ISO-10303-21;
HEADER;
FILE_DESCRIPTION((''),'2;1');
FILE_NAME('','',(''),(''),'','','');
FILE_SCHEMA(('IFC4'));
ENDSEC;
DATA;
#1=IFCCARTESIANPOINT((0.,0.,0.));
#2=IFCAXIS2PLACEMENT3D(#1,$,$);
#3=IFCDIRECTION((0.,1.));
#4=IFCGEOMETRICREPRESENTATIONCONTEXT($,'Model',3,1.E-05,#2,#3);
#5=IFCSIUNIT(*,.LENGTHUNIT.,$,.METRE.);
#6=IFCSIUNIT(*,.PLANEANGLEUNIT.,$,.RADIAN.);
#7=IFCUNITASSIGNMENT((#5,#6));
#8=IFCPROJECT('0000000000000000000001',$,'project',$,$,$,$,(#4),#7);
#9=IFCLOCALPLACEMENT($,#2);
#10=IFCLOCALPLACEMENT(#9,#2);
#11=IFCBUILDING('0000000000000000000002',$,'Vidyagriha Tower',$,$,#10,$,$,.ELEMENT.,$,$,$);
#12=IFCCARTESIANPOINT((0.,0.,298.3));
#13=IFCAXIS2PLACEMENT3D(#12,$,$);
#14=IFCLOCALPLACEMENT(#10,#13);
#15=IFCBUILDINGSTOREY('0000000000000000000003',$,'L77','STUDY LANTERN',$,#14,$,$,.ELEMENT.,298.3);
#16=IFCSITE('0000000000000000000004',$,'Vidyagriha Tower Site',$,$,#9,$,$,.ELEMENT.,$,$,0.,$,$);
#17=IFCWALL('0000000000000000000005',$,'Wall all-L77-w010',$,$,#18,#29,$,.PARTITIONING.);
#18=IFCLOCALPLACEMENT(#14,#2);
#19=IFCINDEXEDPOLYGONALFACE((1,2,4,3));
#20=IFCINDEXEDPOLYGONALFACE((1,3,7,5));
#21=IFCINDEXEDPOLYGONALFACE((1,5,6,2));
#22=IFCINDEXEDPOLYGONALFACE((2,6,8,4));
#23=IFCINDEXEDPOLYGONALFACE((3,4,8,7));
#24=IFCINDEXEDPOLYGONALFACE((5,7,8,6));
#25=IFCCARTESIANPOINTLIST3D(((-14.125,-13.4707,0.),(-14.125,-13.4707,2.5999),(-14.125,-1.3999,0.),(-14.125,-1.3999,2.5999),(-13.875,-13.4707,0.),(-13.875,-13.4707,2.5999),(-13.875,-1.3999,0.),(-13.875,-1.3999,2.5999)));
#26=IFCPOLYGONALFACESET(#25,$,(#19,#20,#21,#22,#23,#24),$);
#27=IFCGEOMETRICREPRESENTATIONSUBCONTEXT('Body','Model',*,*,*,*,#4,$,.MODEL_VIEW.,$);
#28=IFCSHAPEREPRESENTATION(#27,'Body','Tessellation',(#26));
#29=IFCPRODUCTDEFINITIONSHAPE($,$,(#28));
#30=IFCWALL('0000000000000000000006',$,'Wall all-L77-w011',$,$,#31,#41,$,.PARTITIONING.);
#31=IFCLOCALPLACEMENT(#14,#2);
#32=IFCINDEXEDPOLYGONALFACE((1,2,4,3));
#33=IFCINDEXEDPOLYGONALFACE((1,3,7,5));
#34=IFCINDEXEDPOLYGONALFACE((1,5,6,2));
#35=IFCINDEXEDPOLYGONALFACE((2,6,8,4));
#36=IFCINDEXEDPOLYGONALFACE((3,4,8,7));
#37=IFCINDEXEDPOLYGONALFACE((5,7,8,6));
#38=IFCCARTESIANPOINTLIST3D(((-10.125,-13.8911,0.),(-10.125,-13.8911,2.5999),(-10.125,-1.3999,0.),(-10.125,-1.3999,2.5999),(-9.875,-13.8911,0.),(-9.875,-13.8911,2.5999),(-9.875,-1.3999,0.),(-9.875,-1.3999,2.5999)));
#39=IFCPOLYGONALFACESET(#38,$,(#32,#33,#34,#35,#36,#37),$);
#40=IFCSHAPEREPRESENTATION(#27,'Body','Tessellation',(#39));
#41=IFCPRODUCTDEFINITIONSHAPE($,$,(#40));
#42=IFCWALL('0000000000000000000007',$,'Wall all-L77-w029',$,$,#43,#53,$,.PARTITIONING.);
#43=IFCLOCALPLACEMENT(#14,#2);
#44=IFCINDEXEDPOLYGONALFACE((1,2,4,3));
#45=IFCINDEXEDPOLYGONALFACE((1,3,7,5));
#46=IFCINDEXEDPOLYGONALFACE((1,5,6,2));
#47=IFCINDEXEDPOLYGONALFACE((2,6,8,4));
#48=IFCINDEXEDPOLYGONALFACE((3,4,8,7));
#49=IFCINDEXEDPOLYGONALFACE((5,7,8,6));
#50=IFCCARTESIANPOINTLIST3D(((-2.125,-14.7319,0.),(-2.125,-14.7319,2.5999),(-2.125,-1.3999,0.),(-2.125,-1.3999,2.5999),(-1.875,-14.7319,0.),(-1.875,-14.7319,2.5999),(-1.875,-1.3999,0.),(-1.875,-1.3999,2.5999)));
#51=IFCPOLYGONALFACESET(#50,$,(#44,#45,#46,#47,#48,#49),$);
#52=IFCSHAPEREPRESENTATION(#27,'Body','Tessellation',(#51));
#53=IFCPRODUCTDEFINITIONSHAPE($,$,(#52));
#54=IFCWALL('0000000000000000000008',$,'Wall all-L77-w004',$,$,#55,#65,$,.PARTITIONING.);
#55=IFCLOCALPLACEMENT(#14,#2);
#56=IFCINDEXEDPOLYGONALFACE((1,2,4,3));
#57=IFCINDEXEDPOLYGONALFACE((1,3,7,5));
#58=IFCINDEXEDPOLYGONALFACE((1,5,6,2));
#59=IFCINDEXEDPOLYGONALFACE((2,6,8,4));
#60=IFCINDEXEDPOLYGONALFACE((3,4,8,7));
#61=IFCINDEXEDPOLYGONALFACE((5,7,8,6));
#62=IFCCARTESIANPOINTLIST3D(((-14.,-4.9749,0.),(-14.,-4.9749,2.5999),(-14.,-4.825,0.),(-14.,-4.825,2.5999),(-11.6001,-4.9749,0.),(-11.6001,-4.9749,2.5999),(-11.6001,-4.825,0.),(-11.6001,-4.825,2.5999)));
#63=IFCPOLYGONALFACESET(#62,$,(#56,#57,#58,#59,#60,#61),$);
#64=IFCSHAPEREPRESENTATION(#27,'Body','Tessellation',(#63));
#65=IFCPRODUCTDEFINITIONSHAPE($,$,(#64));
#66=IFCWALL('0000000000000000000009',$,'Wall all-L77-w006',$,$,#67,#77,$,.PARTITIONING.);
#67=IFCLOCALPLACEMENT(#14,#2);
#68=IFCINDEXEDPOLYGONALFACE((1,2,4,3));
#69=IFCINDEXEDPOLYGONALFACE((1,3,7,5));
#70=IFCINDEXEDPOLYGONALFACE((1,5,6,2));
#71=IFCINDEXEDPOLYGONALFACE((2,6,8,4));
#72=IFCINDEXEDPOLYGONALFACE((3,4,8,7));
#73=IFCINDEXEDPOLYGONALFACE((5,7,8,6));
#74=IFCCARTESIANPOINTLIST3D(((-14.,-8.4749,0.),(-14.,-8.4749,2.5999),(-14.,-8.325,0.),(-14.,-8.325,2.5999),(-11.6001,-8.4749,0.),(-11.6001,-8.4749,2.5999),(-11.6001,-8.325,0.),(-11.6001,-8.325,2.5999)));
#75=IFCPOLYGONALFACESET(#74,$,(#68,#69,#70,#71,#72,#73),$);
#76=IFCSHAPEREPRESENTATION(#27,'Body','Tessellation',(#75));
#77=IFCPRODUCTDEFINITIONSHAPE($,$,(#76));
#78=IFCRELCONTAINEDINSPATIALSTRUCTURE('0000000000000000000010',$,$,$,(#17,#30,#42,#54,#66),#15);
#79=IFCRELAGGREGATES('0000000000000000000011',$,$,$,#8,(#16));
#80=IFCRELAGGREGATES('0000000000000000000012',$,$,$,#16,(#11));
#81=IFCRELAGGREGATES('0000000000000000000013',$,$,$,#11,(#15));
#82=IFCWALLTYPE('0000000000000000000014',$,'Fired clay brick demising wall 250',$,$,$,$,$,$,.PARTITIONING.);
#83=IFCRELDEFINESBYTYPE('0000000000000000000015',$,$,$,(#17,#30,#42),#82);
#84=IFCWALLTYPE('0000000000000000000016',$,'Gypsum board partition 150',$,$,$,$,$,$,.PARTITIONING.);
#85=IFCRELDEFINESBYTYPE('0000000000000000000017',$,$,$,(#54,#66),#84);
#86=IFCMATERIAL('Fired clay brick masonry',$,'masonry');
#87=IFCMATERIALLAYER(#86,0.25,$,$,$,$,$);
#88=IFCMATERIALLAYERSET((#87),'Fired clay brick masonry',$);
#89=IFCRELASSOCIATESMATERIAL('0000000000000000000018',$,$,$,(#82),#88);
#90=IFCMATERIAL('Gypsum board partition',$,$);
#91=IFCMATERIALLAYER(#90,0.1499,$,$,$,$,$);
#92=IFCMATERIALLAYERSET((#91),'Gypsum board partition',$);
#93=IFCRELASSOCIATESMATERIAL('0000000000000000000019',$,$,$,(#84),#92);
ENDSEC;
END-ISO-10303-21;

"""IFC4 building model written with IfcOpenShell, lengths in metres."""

from ifc_helpers import new_model, si_unit, direction, frame, frame_2d, origin, place, context, subcontext, project, spatial, rectangle, extrude, material, layer, layer_set, type_object, element, save


model = new_model("IFC4")

# Units and contexts
model_context = context("Model", 3, precision=1e-05, world=origin(), true_north=direction((0.0, 1.0)))
body_context = subcontext(model_context, "Body", "Model", "MODEL_VIEW")
ifc_project = project(units=[si_unit("LENGTHUNIT", "METRE"), si_unit("PLANEANGLEUNIT", "RADIAN")], contexts=[model_context])

# Site, building, storey
site_placement = place(None, origin())
site = spatial("IfcSite", under=ifc_project, at=site_placement, Name="Vidyagriha Tower Site", CompositionType="ELEMENT", RefElevation=0.0)
building_placement = place(site_placement, origin())
building = spatial("IfcBuilding", under=site, at=building_placement, Name="Vidyagriha Tower", CompositionType="ELEMENT")
storey_placement = place(building_placement, frame((0.0, 0.0, 298.3)))
storey = spatial("IfcBuildingStorey", under=building, at=storey_placement, Name="L77", Description="STUDY LANTERN", CompositionType="ELEMENT", Elevation=298.3)

# Walls
ifc_material_1 = material(Name="Fired clay brick masonry", Category="masonry")
ifc_layer_1 = layer(ifc_material_1, 0.25)
ifc_layer_set_1 = layer_set([ifc_layer_1], Name="Fired clay brick masonry")
wall_type_1 = type_object("IfcWallType", Name="Fired clay brick demising wall 250", PredefinedType="PARTITIONING", material=ifc_layer_set_1)
wall_1_placement = place(storey_placement, frame((-14.0, -1.3999, 0.0), z_axis=(0.0, 0.0, 1.0), x_axis=(0.0, -1.0, 0.0)))
element("IfcWall", 1, at=wall_1_placement, inside=storey, type_object=wall_type_1, Name="Wall all-L77-w010", PredefinedType="PARTITIONING", context=body_context, shape_type="SweptSolid", body=[
    extrude(rectangle(XDim=12.0708, YDim=0.25, at=frame_2d((6.0354, 0.0))), origin(), (0.0, 0.0, 1.0), 2.5999),
])
wall_2_placement = place(storey_placement, frame((-10.0, -1.3999, 0.0), z_axis=(0.0, 0.0, 1.0), x_axis=(0.0, -1.0, 0.0)))
element("IfcWall", 2, at=wall_2_placement, inside=storey, type_object=wall_type_1, Name="Wall all-L77-w011", PredefinedType="PARTITIONING", context=body_context, shape_type="SweptSolid", body=[
    extrude(rectangle(XDim=12.4912, YDim=0.25, at=frame_2d((6.2456, 0.0))), origin(), (0.0, 0.0, 1.0), 2.5999),
])
wall_3_placement = place(storey_placement, frame((-2.0, -1.3999, 0.0), z_axis=(0.0, 0.0, 1.0), x_axis=(0.0, -1.0, 0.0)))
element("IfcWall", 3, at=wall_3_placement, inside=storey, type_object=wall_type_1, Name="Wall all-L77-w029", PredefinedType="PARTITIONING", context=body_context, shape_type="SweptSolid", body=[
    extrude(rectangle(XDim=13.332, YDim=0.25, at=frame_2d((6.666, 0.0))), origin(), (0.0, 0.0, 1.0), 2.5999),
])
ifc_material_2 = material(Name="Gypsum board partition")
ifc_layer_2 = layer(ifc_material_2, 0.1499)
ifc_layer_set_2 = layer_set([ifc_layer_2], Name="Gypsum board partition")
wall_type_2 = type_object("IfcWallType", Name="Gypsum board partition 150", PredefinedType="PARTITIONING", material=ifc_layer_set_2)
for number, where, z_axis, x_axis, name in (
    (4, (-11.6001, -4.8999, 0.0), (0.0, 0.0, 1.0), (-1.0, 0.0, 0.0), "Wall all-L77-w004"),
    (5, (-11.6001, -8.3999, 0.0), (0.0, 0.0, 1.0), (-1.0, 0.0, 0.0), "Wall all-L77-w006"),
):
    element("IfcWall", number, at=place(storey_placement, frame(where, z_axis=z_axis, x_axis=x_axis)), inside=storey, type_object=wall_type_2, Name=name, PredefinedType="PARTITIONING", context=body_context, shape_type="SweptSolid", body=[
        extrude(rectangle(XDim=2.3999, YDim=0.1499, at=frame_2d((1.2, 0.0))), origin(), (0.0, 0.0, 1.0), 2.5999),
    ])

save(model, "model.ifc")
